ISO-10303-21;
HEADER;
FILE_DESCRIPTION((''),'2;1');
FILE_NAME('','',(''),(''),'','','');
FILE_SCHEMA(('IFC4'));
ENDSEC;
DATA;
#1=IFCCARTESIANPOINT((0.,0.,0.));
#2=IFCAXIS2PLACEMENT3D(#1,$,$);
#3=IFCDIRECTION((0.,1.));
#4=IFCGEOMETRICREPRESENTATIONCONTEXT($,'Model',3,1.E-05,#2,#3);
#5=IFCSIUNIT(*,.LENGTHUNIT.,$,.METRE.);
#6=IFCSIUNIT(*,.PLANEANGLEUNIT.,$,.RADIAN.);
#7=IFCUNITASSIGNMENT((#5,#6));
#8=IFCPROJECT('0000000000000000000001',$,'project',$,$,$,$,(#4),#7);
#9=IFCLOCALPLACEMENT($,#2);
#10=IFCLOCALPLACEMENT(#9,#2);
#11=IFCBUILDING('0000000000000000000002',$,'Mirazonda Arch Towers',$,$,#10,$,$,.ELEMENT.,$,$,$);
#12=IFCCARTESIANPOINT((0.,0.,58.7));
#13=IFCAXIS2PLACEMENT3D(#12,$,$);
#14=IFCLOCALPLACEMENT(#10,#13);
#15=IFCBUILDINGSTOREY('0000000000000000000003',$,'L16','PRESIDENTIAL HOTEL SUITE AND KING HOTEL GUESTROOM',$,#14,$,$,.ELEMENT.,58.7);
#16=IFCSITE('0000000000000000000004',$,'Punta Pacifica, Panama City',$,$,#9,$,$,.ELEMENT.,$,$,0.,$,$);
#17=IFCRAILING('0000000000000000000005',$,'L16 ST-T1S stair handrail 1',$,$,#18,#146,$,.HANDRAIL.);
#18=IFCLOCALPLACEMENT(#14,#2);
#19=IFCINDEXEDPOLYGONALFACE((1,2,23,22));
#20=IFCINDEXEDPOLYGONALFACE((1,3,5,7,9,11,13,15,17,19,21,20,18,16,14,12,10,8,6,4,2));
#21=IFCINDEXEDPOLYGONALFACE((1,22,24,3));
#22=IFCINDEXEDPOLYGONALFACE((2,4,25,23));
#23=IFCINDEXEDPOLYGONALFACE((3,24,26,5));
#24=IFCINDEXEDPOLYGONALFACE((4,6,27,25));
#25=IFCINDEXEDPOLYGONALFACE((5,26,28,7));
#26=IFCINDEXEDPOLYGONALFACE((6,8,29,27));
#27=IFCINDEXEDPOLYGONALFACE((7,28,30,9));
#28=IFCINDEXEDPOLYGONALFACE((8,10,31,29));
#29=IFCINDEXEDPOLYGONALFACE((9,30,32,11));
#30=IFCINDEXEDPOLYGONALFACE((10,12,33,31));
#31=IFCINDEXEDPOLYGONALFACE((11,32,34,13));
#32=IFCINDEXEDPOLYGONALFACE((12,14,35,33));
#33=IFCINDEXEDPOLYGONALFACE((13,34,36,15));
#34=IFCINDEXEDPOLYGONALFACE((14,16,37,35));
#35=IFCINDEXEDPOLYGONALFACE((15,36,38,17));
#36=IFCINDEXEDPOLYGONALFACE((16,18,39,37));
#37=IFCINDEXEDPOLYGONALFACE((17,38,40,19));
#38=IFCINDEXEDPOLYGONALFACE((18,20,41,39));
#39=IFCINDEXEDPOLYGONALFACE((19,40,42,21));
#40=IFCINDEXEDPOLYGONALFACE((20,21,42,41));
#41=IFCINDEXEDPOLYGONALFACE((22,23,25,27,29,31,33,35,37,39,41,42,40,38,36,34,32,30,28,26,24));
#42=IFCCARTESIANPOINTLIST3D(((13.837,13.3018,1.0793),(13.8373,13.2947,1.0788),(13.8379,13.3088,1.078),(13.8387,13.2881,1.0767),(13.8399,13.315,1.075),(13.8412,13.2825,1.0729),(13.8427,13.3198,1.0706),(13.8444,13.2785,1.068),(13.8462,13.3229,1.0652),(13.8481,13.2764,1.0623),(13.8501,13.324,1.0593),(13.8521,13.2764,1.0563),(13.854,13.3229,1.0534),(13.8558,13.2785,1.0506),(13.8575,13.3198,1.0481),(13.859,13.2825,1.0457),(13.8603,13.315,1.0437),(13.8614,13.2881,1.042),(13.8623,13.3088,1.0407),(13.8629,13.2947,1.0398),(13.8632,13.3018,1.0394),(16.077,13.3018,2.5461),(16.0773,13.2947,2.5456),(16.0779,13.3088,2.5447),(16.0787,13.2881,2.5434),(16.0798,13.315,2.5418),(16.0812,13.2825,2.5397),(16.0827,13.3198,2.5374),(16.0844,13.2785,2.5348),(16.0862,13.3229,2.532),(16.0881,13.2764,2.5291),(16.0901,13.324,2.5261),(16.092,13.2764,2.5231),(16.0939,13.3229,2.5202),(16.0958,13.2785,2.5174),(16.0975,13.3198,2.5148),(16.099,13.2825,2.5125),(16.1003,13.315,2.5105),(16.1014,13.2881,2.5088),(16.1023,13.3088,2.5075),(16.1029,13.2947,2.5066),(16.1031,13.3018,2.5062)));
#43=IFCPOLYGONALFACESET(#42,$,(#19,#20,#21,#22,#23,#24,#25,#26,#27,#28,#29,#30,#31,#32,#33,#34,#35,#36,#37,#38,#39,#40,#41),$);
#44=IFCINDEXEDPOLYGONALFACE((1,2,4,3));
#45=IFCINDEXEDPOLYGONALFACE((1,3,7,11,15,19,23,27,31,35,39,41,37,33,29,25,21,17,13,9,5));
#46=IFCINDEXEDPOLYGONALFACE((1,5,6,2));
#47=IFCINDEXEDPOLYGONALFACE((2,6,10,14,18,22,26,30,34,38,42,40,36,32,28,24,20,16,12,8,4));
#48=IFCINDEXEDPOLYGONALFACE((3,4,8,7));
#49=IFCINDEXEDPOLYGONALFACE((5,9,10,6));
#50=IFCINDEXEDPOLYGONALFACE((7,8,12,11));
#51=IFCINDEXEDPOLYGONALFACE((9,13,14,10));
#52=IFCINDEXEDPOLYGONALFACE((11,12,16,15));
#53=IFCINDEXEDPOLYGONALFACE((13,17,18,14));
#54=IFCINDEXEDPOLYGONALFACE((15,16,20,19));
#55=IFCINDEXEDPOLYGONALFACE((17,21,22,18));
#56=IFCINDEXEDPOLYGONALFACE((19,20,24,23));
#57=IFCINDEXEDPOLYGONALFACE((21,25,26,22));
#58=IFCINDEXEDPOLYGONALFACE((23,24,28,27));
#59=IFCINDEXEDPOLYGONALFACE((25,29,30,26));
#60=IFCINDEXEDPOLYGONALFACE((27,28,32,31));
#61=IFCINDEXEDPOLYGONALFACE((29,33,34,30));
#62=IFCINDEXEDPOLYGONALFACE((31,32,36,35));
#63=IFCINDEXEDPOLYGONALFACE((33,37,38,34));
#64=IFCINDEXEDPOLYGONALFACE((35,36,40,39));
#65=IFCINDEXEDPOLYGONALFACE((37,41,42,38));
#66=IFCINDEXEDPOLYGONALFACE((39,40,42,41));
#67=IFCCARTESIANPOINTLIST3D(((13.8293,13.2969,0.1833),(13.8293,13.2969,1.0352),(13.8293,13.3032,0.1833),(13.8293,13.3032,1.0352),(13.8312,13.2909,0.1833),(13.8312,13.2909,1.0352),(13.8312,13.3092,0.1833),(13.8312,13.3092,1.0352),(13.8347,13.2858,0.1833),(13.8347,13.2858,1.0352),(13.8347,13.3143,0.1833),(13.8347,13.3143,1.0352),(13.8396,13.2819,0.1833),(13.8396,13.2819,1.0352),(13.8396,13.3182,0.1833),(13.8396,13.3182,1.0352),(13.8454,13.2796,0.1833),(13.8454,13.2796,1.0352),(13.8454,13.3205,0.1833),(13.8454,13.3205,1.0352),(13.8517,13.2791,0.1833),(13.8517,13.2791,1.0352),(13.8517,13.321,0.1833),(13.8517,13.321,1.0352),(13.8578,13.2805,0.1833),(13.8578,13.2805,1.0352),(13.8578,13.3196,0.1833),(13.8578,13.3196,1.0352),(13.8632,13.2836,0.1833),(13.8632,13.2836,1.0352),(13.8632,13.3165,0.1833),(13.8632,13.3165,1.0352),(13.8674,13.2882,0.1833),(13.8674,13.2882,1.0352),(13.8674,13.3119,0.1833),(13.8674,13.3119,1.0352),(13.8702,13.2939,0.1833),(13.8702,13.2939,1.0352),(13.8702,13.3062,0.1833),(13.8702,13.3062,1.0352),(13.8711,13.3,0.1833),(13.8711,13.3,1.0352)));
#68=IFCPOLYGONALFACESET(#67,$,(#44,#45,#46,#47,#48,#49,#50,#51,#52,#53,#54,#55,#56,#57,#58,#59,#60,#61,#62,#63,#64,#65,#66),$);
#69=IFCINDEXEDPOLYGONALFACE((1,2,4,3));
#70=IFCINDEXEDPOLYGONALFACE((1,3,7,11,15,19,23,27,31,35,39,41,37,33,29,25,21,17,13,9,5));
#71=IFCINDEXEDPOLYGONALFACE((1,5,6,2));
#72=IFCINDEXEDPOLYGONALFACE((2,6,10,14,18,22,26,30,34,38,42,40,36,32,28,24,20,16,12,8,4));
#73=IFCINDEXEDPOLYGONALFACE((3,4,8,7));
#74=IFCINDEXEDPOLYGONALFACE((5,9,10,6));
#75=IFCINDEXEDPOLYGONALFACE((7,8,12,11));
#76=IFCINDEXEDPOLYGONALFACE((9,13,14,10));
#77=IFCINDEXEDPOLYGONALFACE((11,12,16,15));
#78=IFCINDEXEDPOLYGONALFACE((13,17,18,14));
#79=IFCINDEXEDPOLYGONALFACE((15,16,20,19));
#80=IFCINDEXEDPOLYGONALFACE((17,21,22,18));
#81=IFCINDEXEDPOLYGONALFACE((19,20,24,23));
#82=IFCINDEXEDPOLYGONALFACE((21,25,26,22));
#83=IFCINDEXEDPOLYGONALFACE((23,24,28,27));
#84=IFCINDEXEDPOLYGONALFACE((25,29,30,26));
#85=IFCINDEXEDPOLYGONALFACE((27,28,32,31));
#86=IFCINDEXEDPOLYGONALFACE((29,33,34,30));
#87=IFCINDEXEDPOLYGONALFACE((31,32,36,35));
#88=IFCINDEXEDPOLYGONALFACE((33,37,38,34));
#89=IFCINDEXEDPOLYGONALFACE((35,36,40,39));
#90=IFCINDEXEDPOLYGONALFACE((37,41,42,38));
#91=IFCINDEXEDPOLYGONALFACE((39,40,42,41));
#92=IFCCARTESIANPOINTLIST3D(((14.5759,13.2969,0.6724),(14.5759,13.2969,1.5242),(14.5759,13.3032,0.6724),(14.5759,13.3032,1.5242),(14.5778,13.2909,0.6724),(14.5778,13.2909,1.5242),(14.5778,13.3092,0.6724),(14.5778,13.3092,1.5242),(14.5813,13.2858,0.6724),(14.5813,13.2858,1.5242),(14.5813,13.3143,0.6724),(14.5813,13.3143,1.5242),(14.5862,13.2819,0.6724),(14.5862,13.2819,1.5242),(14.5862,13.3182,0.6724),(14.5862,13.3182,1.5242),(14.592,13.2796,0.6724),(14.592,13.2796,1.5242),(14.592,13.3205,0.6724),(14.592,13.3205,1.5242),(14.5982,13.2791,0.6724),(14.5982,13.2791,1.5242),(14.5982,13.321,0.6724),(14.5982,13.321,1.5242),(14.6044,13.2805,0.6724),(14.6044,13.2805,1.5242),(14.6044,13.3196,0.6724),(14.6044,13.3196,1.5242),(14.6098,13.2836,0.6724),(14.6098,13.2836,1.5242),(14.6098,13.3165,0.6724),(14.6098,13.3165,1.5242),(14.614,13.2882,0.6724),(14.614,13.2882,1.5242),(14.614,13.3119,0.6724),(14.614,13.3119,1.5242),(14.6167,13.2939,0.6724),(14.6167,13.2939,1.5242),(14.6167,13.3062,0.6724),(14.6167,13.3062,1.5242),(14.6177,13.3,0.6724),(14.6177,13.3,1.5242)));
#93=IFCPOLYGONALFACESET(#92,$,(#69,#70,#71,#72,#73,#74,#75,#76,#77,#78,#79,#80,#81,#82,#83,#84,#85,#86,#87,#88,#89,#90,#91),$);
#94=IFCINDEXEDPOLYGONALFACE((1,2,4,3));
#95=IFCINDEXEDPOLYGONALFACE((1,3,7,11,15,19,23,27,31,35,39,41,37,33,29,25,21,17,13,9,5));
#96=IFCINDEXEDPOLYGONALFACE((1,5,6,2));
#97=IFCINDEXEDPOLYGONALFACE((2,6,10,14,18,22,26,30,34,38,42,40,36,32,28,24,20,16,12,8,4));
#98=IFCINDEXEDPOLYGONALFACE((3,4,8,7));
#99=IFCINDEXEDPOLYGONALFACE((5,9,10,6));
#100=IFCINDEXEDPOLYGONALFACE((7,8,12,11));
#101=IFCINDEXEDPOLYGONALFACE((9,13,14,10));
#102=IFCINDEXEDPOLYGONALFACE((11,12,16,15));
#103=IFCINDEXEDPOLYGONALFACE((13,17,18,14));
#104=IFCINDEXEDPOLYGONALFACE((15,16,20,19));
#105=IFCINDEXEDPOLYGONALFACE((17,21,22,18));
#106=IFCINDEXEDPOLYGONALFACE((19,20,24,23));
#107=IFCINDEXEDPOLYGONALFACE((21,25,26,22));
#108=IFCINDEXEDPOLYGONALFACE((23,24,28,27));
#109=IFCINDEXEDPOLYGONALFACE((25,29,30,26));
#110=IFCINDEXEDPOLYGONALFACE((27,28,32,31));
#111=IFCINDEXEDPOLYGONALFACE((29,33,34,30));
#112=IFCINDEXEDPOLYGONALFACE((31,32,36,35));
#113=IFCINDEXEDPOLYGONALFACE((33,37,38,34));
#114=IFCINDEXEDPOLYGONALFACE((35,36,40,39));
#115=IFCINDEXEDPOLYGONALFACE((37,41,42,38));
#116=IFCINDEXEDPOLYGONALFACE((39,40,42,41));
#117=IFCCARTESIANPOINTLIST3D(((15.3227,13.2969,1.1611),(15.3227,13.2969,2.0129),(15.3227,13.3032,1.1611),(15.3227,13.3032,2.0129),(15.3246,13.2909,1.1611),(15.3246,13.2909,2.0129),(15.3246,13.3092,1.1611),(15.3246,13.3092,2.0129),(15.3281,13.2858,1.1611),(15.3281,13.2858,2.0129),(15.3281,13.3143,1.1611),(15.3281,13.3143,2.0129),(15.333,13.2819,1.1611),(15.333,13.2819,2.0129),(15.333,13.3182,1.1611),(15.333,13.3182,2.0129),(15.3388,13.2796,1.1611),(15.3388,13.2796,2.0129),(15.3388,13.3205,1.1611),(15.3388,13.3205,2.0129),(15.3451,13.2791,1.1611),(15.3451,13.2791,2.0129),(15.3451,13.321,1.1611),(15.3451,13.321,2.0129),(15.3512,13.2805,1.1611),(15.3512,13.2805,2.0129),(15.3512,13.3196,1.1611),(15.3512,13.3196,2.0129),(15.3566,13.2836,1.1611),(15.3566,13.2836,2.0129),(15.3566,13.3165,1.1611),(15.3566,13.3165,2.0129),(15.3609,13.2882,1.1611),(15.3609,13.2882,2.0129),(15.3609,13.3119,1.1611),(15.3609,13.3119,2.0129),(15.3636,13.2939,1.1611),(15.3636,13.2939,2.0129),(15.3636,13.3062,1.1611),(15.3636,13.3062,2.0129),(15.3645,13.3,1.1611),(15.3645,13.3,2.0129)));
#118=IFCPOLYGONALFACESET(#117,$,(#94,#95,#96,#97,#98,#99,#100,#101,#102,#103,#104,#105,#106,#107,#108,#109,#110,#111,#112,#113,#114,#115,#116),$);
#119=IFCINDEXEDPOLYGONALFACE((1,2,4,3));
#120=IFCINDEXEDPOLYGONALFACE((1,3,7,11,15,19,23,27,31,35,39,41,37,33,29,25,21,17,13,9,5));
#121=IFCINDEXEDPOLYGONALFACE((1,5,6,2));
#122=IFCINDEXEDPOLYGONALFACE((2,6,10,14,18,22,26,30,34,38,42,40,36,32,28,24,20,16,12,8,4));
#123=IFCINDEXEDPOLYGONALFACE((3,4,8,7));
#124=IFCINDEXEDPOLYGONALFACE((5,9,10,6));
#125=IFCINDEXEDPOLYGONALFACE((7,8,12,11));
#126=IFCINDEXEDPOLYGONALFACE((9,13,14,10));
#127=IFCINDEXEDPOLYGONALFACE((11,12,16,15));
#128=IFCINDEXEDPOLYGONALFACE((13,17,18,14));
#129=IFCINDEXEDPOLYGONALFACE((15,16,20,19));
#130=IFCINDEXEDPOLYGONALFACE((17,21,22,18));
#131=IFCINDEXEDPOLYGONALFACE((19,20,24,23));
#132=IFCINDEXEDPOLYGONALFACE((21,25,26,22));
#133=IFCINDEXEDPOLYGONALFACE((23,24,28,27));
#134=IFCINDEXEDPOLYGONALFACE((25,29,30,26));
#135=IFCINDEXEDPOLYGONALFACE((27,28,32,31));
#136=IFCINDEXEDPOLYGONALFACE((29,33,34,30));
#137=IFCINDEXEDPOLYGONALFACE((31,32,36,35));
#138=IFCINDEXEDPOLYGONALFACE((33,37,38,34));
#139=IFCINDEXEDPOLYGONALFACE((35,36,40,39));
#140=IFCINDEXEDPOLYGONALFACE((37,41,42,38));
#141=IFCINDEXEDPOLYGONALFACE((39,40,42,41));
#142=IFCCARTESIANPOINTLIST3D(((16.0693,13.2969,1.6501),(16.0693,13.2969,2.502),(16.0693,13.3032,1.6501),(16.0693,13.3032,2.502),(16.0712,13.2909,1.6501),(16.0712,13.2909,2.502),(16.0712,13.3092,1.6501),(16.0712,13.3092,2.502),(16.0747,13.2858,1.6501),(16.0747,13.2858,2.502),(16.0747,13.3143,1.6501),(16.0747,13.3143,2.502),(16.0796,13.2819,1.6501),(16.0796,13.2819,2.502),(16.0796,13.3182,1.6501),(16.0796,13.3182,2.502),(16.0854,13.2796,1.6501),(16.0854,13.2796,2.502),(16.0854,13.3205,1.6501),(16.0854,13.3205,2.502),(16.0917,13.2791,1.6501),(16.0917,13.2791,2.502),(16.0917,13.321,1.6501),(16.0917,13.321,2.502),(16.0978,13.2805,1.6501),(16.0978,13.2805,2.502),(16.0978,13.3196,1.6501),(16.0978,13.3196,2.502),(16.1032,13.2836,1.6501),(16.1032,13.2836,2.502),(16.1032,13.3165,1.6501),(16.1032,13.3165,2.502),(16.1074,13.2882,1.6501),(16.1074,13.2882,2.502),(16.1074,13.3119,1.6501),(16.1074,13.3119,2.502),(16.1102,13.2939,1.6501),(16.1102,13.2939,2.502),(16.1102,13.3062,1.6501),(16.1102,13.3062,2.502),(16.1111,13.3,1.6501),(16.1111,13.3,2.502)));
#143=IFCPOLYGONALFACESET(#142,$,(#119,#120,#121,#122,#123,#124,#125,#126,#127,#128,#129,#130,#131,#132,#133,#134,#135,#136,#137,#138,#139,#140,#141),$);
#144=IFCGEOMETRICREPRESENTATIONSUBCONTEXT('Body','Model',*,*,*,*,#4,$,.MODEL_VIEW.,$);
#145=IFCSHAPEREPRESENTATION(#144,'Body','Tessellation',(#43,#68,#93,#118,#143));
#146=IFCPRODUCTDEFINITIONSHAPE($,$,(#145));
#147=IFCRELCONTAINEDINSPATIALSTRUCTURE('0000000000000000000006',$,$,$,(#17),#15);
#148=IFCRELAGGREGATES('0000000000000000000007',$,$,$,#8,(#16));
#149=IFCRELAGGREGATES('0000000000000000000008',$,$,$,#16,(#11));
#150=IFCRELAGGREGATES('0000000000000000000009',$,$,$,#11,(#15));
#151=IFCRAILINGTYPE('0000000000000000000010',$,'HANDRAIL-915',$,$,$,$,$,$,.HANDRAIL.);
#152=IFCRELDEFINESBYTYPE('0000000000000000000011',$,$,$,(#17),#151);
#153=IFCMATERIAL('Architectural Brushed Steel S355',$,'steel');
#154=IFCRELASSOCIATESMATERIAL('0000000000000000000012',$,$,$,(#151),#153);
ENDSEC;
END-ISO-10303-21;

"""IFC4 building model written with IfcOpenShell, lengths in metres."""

from ifc_helpers import new_model, si_unit, direction, frame, origin, origin_2d, place, context, subcontext, project, spatial, circle, extrude, material, type_object, element, save


model = new_model("IFC4")

# Units and contexts
model_context = context("Model", 3, precision=1e-05, world=origin(), true_north=direction((0.0, 1.0)))
body_context = subcontext(model_context, "Body", "Model", "MODEL_VIEW")
ifc_project = project(units=[si_unit("LENGTHUNIT", "METRE"), si_unit("PLANEANGLEUNIT", "RADIAN")], contexts=[model_context])

# Site, building, storey
site_placement = place(None, origin())
site = spatial("IfcSite", under=ifc_project, at=site_placement, Name="Punta Pacifica, Panama City", CompositionType="ELEMENT", RefElevation=0.0)
building_placement = place(site_placement, origin())
building = spatial("IfcBuilding", under=site, at=building_placement, Name="Mirazonda Arch Towers", CompositionType="ELEMENT")
storey_placement = place(building_placement, frame((0.0, 0.0, 58.7)))
storey = spatial("IfcBuildingStorey", under=building, at=storey_placement, Name="L16", Description="PRESIDENTIAL HOTEL SUITE AND KING HOTEL GUESTROOM", CompositionType="ELEMENT", Elevation=58.7)

# Shared definitions
ifc_material_1 = material(Name="Architectural Brushed Steel S355", Category="steel")

# Railing
railing_type = type_object("IfcRailingType", Name="HANDRAIL-915", PredefinedType="HANDRAIL", material=ifc_material_1)
railing_placement = place(storey_placement, frame((13.8501, 13.3, 0.1833)))
element("IfcRailing", 1, at=railing_placement, inside=storey, type_object=railing_type, Name="L16 ST-T1S stair handrail 1", PredefinedType="HANDRAIL", context=body_context, shape_type="SweptSolid", body=[
    extrude(circle(Radius=0.0239, at=origin_2d()), frame((0.0, 0.0, 0.876), z_axis=(0.836595, 0.0, 0.547822), x_axis=(0.0, 1.0, 0.0)), (0.0, 0.0, 1.0), 2.6775),
    extrude(circle(Radius=0.021, at=origin_2d()), origin(), (0.0, 0.0, 1.0), 0.8518),
    extrude(circle(Radius=0.021, at=origin_2d()), frame((0.7466, 0.0, 0.489)), (0.0, 0.0, 1.0), 0.8518),
    extrude(circle(Radius=0.021, at=origin_2d()), frame((1.4934, 0.0, 0.9778)), (0.0, 0.0, 1.0), 0.8518),
    extrude(circle(Radius=0.021, at=origin_2d()), frame((2.24, 0.0, 1.4668)), (0.0, 0.0, 1.0), 0.8518),
])

save(model, "model.ifc")
